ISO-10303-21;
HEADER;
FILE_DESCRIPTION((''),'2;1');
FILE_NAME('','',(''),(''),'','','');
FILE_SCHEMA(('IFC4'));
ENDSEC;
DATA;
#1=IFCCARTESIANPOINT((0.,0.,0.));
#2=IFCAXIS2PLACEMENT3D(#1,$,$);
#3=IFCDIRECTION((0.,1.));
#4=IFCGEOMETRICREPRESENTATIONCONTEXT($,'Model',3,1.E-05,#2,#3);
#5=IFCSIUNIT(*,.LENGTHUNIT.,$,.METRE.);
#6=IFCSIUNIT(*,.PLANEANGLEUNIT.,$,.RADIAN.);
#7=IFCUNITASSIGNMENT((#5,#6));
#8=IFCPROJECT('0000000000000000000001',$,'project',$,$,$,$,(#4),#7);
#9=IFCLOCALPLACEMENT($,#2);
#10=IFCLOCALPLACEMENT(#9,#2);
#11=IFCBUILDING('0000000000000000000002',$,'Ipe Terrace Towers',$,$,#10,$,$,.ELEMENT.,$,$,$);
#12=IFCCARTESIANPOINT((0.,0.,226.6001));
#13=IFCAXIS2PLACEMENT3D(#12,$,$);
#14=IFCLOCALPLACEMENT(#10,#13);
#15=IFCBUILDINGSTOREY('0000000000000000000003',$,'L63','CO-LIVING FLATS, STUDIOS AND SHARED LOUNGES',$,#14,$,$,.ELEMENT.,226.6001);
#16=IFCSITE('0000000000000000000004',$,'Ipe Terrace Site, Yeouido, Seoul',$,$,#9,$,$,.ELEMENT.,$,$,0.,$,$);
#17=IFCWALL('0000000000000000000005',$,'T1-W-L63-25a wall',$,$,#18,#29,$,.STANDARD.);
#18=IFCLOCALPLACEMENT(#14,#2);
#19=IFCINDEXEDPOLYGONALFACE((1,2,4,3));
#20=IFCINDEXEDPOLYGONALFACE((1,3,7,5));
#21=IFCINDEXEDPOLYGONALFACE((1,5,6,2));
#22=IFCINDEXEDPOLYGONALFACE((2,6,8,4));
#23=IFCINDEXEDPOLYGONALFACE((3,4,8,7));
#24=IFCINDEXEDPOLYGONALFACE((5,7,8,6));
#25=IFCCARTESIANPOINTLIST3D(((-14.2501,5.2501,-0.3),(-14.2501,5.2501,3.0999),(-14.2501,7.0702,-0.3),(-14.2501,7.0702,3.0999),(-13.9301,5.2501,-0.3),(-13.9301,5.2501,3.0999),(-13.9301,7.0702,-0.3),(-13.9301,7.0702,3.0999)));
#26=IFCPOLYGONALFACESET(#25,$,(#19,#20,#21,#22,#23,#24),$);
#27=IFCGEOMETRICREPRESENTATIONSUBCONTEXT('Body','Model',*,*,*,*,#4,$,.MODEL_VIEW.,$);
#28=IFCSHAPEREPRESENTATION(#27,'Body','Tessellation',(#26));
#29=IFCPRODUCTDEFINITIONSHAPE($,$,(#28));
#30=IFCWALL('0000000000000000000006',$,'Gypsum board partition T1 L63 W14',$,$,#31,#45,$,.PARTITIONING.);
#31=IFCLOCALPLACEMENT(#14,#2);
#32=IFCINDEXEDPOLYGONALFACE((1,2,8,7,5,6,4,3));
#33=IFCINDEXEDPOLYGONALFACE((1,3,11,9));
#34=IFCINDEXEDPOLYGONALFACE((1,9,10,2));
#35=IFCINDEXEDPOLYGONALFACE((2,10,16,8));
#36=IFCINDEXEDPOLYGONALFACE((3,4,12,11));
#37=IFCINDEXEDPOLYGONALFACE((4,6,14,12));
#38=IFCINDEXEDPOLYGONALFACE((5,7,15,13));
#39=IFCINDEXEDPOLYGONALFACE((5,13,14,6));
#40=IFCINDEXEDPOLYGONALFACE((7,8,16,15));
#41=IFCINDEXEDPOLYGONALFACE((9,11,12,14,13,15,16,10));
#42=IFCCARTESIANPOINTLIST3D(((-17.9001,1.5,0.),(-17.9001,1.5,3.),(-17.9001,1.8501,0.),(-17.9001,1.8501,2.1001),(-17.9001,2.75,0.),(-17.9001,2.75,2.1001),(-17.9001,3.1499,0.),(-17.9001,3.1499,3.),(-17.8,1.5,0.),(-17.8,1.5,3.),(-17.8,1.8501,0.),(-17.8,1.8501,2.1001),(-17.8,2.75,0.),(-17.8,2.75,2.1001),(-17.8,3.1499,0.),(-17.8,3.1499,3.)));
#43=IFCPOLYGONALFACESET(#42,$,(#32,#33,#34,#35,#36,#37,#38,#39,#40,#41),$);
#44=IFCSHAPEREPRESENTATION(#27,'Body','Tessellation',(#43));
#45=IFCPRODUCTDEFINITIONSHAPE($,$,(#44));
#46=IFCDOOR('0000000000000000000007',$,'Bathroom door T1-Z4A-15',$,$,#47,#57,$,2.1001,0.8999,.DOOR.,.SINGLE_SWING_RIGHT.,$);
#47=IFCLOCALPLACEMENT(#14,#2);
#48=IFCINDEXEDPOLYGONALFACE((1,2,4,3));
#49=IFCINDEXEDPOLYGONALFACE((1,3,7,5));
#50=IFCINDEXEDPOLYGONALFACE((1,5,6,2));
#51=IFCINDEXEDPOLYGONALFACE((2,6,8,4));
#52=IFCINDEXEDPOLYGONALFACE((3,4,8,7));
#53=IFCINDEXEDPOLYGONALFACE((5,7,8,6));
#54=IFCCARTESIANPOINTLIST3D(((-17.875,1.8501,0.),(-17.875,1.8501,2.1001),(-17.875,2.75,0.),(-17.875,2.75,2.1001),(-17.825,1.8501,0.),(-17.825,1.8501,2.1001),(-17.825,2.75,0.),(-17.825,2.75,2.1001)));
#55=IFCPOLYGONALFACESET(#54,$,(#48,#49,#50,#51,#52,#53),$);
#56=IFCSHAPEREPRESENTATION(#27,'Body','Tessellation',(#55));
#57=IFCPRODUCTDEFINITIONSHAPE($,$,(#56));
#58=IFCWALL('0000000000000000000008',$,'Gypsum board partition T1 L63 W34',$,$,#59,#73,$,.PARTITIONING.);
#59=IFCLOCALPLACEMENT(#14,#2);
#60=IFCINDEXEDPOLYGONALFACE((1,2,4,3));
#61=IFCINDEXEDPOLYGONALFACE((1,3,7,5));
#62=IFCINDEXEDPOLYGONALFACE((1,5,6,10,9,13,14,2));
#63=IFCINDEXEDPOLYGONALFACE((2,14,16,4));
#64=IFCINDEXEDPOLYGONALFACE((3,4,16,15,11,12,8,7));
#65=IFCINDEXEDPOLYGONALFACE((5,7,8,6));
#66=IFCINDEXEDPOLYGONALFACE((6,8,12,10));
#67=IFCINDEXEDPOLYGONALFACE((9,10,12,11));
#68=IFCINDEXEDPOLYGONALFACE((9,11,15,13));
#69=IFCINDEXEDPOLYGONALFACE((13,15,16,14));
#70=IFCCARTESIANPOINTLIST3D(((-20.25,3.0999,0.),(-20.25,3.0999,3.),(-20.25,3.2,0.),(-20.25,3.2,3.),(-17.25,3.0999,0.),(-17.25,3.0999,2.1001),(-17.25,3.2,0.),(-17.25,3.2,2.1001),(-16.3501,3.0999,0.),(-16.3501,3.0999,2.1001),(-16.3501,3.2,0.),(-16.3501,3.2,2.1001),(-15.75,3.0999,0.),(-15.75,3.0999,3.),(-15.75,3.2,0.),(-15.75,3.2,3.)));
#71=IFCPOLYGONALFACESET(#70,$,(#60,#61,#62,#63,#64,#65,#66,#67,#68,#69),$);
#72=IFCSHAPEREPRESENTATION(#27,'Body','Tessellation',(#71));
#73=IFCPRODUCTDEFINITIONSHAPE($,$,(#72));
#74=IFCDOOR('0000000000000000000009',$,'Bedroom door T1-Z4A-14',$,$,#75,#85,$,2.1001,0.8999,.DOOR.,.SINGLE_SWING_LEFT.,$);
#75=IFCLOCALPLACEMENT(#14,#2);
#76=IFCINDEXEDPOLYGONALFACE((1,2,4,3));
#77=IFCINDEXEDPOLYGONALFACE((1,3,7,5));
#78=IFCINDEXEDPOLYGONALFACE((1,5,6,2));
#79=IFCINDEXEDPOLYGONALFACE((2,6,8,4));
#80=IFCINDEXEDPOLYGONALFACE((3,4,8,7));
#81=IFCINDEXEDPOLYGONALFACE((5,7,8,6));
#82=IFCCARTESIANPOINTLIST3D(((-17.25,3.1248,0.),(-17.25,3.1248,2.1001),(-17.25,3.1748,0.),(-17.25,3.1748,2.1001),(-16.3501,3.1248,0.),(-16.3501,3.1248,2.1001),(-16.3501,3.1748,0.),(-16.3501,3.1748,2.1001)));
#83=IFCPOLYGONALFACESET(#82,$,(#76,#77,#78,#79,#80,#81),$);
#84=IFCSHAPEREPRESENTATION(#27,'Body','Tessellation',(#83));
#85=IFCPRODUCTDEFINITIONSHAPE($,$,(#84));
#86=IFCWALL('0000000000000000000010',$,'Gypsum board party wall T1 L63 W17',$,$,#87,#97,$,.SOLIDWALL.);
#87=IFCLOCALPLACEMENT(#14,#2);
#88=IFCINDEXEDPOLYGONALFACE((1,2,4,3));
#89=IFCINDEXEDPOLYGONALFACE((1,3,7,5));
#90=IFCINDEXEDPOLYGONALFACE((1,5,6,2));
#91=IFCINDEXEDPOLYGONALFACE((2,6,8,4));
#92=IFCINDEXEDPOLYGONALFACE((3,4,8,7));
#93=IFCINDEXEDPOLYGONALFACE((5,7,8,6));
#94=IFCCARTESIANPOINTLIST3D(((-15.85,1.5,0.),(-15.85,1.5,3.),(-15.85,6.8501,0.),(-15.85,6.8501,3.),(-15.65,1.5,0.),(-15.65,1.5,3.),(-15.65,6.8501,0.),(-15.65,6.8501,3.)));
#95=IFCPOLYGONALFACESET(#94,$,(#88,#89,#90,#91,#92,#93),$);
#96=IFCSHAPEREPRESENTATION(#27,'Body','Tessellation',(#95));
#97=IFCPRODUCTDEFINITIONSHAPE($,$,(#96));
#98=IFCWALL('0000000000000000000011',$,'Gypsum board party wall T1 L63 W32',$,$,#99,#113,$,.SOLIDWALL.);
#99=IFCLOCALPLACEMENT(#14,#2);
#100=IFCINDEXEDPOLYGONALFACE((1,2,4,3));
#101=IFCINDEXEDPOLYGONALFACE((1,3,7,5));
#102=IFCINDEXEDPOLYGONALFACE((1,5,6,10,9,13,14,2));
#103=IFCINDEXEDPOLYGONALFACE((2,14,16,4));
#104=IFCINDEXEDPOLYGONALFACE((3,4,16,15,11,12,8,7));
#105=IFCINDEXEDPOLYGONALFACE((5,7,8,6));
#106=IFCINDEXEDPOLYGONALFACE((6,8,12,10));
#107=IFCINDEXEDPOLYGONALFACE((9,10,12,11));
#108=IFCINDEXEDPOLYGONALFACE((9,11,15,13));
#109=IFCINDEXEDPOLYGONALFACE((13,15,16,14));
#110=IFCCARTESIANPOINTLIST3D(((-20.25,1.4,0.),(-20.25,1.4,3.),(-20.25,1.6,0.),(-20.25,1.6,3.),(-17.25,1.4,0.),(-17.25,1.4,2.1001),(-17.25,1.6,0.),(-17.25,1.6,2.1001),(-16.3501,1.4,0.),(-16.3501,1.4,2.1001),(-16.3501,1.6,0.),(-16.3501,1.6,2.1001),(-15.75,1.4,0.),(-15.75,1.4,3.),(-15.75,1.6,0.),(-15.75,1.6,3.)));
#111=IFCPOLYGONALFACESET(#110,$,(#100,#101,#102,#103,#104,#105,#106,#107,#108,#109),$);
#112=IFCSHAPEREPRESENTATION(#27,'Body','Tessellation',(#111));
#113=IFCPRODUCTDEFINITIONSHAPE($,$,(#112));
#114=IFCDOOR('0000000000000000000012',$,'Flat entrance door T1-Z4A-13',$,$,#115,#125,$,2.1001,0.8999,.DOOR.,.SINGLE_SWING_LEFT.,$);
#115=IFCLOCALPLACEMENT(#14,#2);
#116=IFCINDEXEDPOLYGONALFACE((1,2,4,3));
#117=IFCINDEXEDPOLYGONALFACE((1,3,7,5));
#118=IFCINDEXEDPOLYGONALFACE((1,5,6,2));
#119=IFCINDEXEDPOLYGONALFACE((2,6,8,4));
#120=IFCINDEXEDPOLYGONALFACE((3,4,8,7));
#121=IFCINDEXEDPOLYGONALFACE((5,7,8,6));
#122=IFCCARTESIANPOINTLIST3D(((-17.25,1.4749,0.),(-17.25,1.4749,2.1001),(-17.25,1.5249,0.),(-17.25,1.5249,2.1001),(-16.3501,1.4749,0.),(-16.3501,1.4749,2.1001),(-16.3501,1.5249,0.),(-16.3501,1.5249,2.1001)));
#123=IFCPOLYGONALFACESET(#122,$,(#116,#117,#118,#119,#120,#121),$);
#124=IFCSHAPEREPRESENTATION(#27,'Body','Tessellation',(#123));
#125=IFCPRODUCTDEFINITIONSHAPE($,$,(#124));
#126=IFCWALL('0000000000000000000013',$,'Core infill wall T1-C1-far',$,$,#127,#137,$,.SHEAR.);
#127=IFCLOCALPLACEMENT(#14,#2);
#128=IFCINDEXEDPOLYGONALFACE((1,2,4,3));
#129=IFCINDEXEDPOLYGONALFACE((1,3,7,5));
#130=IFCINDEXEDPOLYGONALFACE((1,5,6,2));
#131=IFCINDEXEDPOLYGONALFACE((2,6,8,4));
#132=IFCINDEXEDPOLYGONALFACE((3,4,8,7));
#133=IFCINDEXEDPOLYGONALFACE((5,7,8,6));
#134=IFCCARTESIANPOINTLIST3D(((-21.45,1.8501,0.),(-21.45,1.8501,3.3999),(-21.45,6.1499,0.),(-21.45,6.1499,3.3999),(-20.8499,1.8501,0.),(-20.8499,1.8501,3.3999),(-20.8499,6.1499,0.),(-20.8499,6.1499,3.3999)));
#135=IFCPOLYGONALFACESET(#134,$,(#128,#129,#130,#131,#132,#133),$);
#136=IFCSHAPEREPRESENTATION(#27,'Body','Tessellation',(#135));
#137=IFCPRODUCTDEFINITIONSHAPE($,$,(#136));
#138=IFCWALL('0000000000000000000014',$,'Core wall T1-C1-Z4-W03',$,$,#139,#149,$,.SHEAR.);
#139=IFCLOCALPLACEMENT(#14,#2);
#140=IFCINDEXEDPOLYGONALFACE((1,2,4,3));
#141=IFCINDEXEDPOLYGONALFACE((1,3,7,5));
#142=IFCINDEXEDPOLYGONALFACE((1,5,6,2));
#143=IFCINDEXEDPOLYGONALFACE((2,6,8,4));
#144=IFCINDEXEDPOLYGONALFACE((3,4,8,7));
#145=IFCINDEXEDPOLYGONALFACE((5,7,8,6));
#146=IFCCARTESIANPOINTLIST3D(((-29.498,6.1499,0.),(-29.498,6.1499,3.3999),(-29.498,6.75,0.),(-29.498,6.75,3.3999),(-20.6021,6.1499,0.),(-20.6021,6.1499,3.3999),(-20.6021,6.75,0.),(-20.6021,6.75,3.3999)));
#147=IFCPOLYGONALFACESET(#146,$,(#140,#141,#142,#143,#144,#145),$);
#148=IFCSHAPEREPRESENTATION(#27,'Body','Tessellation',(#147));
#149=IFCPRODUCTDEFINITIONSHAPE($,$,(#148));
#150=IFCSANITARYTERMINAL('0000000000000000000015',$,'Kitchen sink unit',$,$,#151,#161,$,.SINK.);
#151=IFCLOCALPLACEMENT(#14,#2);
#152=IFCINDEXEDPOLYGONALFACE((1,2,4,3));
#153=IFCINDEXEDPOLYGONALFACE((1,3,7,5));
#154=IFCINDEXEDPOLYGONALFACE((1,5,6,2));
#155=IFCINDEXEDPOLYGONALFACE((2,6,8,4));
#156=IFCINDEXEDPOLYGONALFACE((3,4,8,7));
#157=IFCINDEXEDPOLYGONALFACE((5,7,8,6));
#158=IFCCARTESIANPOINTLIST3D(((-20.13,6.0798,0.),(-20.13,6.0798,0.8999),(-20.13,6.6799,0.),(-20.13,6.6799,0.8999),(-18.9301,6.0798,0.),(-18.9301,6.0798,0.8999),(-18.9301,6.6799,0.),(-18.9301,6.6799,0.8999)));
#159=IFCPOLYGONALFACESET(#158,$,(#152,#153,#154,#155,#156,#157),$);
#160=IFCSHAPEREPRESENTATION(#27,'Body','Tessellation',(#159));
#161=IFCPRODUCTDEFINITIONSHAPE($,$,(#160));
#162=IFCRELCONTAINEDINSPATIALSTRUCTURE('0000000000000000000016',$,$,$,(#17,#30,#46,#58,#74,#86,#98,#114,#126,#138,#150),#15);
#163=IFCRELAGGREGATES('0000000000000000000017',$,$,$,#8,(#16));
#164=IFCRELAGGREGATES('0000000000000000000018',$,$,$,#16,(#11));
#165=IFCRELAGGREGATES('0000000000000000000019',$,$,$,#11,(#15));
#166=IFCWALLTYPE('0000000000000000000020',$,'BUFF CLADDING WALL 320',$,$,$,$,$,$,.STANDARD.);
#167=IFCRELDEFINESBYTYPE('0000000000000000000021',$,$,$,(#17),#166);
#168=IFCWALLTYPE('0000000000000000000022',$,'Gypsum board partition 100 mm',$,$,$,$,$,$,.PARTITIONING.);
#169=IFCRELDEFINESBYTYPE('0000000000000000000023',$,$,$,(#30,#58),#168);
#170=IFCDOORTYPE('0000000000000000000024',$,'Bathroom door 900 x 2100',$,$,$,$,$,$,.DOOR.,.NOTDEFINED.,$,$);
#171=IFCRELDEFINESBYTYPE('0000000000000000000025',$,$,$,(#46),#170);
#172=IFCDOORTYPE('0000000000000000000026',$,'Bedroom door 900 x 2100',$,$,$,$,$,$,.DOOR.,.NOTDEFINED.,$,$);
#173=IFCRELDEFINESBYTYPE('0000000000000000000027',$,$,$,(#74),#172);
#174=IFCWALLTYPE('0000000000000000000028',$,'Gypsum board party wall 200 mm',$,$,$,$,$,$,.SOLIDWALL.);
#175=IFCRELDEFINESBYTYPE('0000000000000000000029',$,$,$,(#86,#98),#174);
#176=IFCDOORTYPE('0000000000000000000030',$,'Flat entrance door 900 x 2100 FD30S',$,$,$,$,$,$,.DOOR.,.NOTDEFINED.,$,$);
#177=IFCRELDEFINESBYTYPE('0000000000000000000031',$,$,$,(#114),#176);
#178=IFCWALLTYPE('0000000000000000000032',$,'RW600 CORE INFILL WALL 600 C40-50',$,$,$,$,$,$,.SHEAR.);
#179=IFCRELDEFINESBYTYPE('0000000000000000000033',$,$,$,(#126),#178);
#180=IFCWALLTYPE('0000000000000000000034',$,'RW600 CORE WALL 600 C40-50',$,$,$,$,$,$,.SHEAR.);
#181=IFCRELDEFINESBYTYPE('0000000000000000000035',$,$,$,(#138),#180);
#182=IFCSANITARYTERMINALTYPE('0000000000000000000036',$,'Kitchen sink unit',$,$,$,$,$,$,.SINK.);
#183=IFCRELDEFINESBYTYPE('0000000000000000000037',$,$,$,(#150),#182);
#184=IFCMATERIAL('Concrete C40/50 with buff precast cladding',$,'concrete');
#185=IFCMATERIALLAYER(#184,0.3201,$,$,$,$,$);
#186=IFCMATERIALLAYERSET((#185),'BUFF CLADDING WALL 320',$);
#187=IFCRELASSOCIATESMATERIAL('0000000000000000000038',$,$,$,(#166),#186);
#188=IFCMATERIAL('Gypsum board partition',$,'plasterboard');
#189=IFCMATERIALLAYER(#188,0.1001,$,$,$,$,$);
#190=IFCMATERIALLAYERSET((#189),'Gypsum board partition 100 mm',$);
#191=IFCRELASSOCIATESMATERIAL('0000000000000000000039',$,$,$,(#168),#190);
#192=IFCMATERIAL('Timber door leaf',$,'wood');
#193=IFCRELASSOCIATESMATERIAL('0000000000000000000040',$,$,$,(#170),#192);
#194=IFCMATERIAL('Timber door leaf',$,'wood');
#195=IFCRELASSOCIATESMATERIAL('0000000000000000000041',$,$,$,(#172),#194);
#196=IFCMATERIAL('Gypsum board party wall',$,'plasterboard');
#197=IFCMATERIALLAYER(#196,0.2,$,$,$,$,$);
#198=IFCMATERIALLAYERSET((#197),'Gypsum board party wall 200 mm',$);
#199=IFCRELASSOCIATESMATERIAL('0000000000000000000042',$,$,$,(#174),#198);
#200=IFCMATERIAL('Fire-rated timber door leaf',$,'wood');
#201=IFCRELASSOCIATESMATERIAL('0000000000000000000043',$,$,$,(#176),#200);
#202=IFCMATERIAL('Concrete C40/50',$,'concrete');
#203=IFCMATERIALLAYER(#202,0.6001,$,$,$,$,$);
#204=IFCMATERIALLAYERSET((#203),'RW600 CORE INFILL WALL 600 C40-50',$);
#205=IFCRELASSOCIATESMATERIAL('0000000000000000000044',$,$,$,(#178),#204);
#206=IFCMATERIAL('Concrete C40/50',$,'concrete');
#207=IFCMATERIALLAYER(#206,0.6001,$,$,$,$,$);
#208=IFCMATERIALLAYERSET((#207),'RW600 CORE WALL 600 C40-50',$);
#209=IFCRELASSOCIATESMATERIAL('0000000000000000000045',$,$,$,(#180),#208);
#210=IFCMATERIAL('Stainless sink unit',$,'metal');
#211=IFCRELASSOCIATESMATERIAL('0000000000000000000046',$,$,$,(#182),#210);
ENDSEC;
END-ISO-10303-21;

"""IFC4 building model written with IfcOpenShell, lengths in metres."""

from ifc_helpers import new_model, si_unit, direction, frame, frame_2d, origin, origin_2d, place, context, subcontext, project, spatial, rectangle, extrude, material, layer, layer_set, type_object, element, fill, save


model = new_model("IFC4")

# Units and contexts
model_context = context("Model", 3, precision=1e-05, world=origin(), true_north=direction((0.0, 1.0)))
body_context = subcontext(model_context, "Body", "Model", "MODEL_VIEW")
ifc_project = project(units=[si_unit("LENGTHUNIT", "METRE"), si_unit("PLANEANGLEUNIT", "RADIAN")], contexts=[model_context])

# Site, building, storey
site_placement = place(None, origin())
site = spatial("IfcSite", under=ifc_project, at=site_placement, Name="Ipe Terrace Site, Yeouido, Seoul", CompositionType="ELEMENT", RefElevation=0.0)
building_placement = place(site_placement, origin())
building = spatial("IfcBuilding", under=site, at=building_placement, Name="Ipe Terrace Towers", CompositionType="ELEMENT")
storey_placement = place(building_placement, frame((0.0, 0.0, 226.6001)))
storey = spatial("IfcBuildingStorey", under=building, at=storey_placement, Name="L63", Description="CO-LIVING FLATS, STUDIOS AND SHARED LOUNGES", CompositionType="ELEMENT", Elevation=226.6001)

# Wall
ifc_material_1 = material(Name="Concrete C40/50 with buff precast cladding", Category="concrete")
ifc_layer_1 = layer(ifc_material_1, 0.3201)
ifc_layer_set_1 = layer_set([ifc_layer_1], Name="BUFF CLADDING WALL 320")
wall_type_1 = type_object("IfcWallType", Name="BUFF CLADDING WALL 320", PredefinedType="STANDARD", material=ifc_layer_set_1)
wall_1_placement = place(storey_placement, frame((-14.0901, 5.25, -0.3), z_axis=(0.0, 0.0, 1.0), x_axis=(0.0, 1.0, 0.0)))
element("IfcWall", 1, at=wall_1_placement, inside=storey, type_object=wall_type_1, Name="T1-W-L63-25a wall", PredefinedType="STANDARD", context=body_context, shape_type="SweptSolid", body=[
    extrude(rectangle(XDim=1.8201, YDim=0.3201, at=frame_2d((0.9102, 0.0))), origin(), (0.0, 0.0, 1.0), 3.3999),
])

# Walls, openings, doors
ifc_material_2 = material(Name="Gypsum board partition", Category="plasterboard")
ifc_layer_2 = layer(ifc_material_2, 0.1001)
ifc_layer_set_2 = layer_set([ifc_layer_2], Name="Gypsum board partition 100 mm")
wall_type_2 = type_object("IfcWallType", Name="Gypsum board partition 100 mm", PredefinedType="PARTITIONING", material=ifc_layer_set_2)
wall_2_placement = place(storey_placement, frame((-17.8501, 1.5, 0.0), z_axis=(0.0, 0.0, 1.0), x_axis=(0.0, 1.0, 0.0)))
wall_2 = element("IfcWall", 2, at=wall_2_placement, inside=storey, type_object=wall_type_2, Name="Gypsum board partition T1 L63 W14", PredefinedType="PARTITIONING", context=body_context, shape_type="SweptSolid", body=[
    extrude(rectangle(XDim=1.6499, YDim=0.1001, at=frame_2d((0.825, 0.0))), origin(), (0.0, 0.0, 1.0), 3.0),
])
opening_1_placement = place(wall_2_placement, frame((0.3501, 0.0, 0.0)))
opening_1 = element("IfcOpeningElement", 3, at=opening_1_placement, cuts=wall_2, PredefinedType="OPENING", context=body_context, shape_type="SweptSolid", body=[
    extrude(rectangle(XDim=0.8999, YDim=2.1001, at=frame_2d((0.45, 1.05))), frame((0.0, 0.0601, 0.0), z_axis=(0.0, -1.0, 0.0), x_axis=(1.0, 0.0, 0.0)), (0.0, 0.0, 1.0), 0.1201),
])
ifc_material_3 = material(Name="Timber door leaf", Category="wood")
door_type_1 = type_object("IfcDoorType", Name="Bathroom door 900 x 2100", OperationType="NOTDEFINED", PredefinedType="DOOR", material=ifc_material_3)
door_1_placement = place(opening_1_placement, origin())
door_1 = element("IfcDoor", 4, at=door_1_placement, inside=storey, type_object=door_type_1, Name="Bathroom door T1-Z4A-15", OperationType="SINGLE_SWING_RIGHT", OverallHeight=2.1001, OverallWidth=0.8999, PredefinedType="DOOR", context=body_context, shape_type="SweptSolid", body=[
    extrude(rectangle(XDim=0.8999, YDim=2.1001, at=frame_2d((0.45, 1.05))), frame((0.0, 0.0249, 0.0), z_axis=(0.0, -1.0, 0.0), x_axis=(1.0, 0.0, 0.0)), (0.0, 0.0, 1.0), 0.05),
])
fill(opening_1, door_1)
wall_3_placement = place(storey_placement, frame((-20.25, 3.1499, 0.0), z_axis=(0.0, 0.0, 1.0), x_axis=(1.0, 0.0, 0.0)))
wall_3 = element("IfcWall", 5, at=wall_3_placement, inside=storey, type_object=wall_type_2, Name="Gypsum board partition T1 L63 W34", PredefinedType="PARTITIONING", context=body_context, shape_type="SweptSolid", body=[
    extrude(rectangle(XDim=4.5, YDim=0.1001, at=frame_2d((2.25, 0.0))), origin(), (0.0, 0.0, 1.0), 3.0),
])
opening_2_placement = place(wall_3_placement, frame((3.0, 0.0, 0.0)))
opening_2 = element("IfcOpeningElement", 6, at=opening_2_placement, cuts=wall_3, PredefinedType="OPENING", context=body_context, shape_type="SweptSolid", body=[
    extrude(rectangle(XDim=0.8999, YDim=2.1001, at=frame_2d((0.45, 1.05))), frame((0.0, 0.0601, 0.0), z_axis=(0.0, -1.0, 0.0), x_axis=(1.0, 0.0, 0.0)), (0.0, 0.0, 1.0), 0.1201),
])
ifc_material_4 = material(Name="Timber door leaf", Category="wood")
door_type_2 = type_object("IfcDoorType", Name="Bedroom door 900 x 2100", OperationType="NOTDEFINED", PredefinedType="DOOR", material=ifc_material_4)
door_2_placement = place(opening_2_placement, origin())
door_2 = element("IfcDoor", 7, at=door_2_placement, inside=storey, type_object=door_type_2, Name="Bedroom door T1-Z4A-14", OperationType="SINGLE_SWING_LEFT", OverallHeight=2.1001, OverallWidth=0.8999, PredefinedType="DOOR", context=body_context, shape_type="SweptSolid", body=[
    extrude(rectangle(XDim=0.8999, YDim=2.1001, at=frame_2d((0.45, 1.05))), frame((0.0, 0.0249, 0.0), z_axis=(0.0, -1.0, 0.0), x_axis=(1.0, 0.0, 0.0)), (0.0, 0.0, 1.0), 0.05),
])
fill(opening_2, door_2)

# Wall
ifc_material_5 = material(Name="Gypsum board party wall", Category="plasterboard")
ifc_layer_3 = layer(ifc_material_5, 0.2)
ifc_layer_set_3 = layer_set([ifc_layer_3], Name="Gypsum board party wall 200 mm")
wall_type_3 = type_object("IfcWallType", Name="Gypsum board party wall 200 mm", PredefinedType="SOLIDWALL", material=ifc_layer_set_3)
wall_4_placement = place(storey_placement, frame((-15.75, 1.5, 0.0), z_axis=(0.0, 0.0, 1.0), x_axis=(0.0, 1.0, 0.0)))
element("IfcWall", 8, at=wall_4_placement, inside=storey, type_object=wall_type_3, Name="Gypsum board party wall T1 L63 W17", PredefinedType="SOLIDWALL", context=body_context, shape_type="SweptSolid", body=[
    extrude(rectangle(XDim=5.3501, YDim=0.2, at=frame_2d((2.675, 0.0))), origin(), (0.0, 0.0, 1.0), 3.0),
])

# Wall, opening, door
wall_5_placement = place(storey_placement, frame((-20.25, 1.5, 0.0), z_axis=(0.0, 0.0, 1.0), x_axis=(1.0, 0.0, 0.0)))
wall_5 = element("IfcWall", 9, at=wall_5_placement, inside=storey, type_object=wall_type_3, Name="Gypsum board party wall T1 L63 W32", PredefinedType="SOLIDWALL", context=body_context, shape_type="SweptSolid", body=[
    extrude(rectangle(XDim=4.5, YDim=0.2, at=frame_2d((2.25, 0.0))), origin(), (0.0, 0.0, 1.0), 3.0),
])
opening_3_placement = place(wall_5_placement, frame((3.0, 0.0, 0.0)))
opening_3 = element("IfcOpeningElement", 10, at=opening_3_placement, cuts=wall_5, PredefinedType="OPENING", context=body_context, shape_type="SweptSolid", body=[
    extrude(rectangle(XDim=0.8999, YDim=2.1001, at=frame_2d((0.45, 1.05))), frame((0.0, 0.1099, 0.0), z_axis=(0.0, -1.0, 0.0), x_axis=(1.0, 0.0, 0.0)), (0.0, 0.0, 1.0), 0.22),
])
ifc_material_6 = material(Name="Fire-rated timber door leaf", Category="wood")
door_type_3 = type_object("IfcDoorType", Name="Flat entrance door 900 x 2100 FD30S", OperationType="NOTDEFINED", PredefinedType="DOOR", material=ifc_material_6)
door_3_placement = place(opening_3_placement, origin())
door_3 = element("IfcDoor", 11, at=door_3_placement, inside=storey, type_object=door_type_3, Name="Flat entrance door T1-Z4A-13", OperationType="SINGLE_SWING_LEFT", OverallHeight=2.1001, OverallWidth=0.8999, PredefinedType="DOOR", context=body_context, shape_type="SweptSolid", body=[
    extrude(rectangle(XDim=0.8999, YDim=2.1001, at=frame_2d((0.45, 1.05))), frame((0.0, 0.0249, 0.0), z_axis=(0.0, -1.0, 0.0), x_axis=(1.0, 0.0, 0.0)), (0.0, 0.0, 1.0), 0.05),
])
fill(opening_3, door_3)

# Walls
ifc_material_7 = material(Name="Concrete C40/50", Category="concrete")
ifc_layer_4 = layer(ifc_material_7, 0.6001)
ifc_layer_set_4 = layer_set([ifc_layer_4], Name="RW600 CORE INFILL WALL 600 C40-50")
wall_type_4 = type_object("IfcWallType", Name="RW600 CORE INFILL WALL 600 C40-50", PredefinedType="SHEAR", material=ifc_layer_set_4)
wall_6_placement = place(storey_placement, frame((-21.1499, 1.8501, 0.0), z_axis=(0.0, 0.0, 1.0), x_axis=(0.0, 1.0, 0.0)))
element("IfcWall", 12, at=wall_6_placement, inside=storey, type_object=wall_type_4, Name="Core infill wall T1-C1-far", PredefinedType="SHEAR", context=body_context, shape_type="SweptSolid", body=[
    extrude(rectangle(XDim=4.2998, YDim=0.6001, at=frame_2d((2.1499, 0.0))), origin(), (0.0, 0.0, 1.0), 3.3999),
])
ifc_material_8 = material(Name="Concrete C40/50", Category="concrete")
ifc_layer_5 = layer(ifc_material_8, 0.6001)
ifc_layer_set_5 = layer_set([ifc_layer_5], Name="RW600 CORE WALL 600 C40-50")
wall_type_5 = type_object("IfcWallType", Name="RW600 CORE WALL 600 C40-50", PredefinedType="SHEAR", material=ifc_layer_set_5)
wall_7_placement = place(storey_placement, frame((-20.6021, 6.45, 0.0), z_axis=(0.0, 0.0, 1.0), x_axis=(-1.0, 0.0, 0.0)))
element("IfcWall", 13, at=wall_7_placement, inside=storey, type_object=wall_type_5, Name="Core wall T1-C1-Z4-W03", PredefinedType="SHEAR", context=body_context, shape_type="SweptSolid", body=[
    extrude(rectangle(XDim=8.896, YDim=0.6001, at=frame_2d((4.448, 0.0))), origin(), (0.0, 0.0, 1.0), 3.3999),
])

# Sanitary terminal
ifc_material_9 = material(Name="Stainless sink unit", Category="metal")
sanitary_terminal_type_1 = type_object("IfcSanitaryTerminalType", Name="Kitchen sink unit", PredefinedType="SINK", material=ifc_material_9)
sanitary_terminal_1_placement = place(storey_placement, frame((-19.53, 6.3799, 0.0), z_axis=(0.0, 0.0, 1.0), x_axis=(1.0, 0.0, 0.0)))
element("IfcSanitaryTerminal", 14, at=sanitary_terminal_1_placement, inside=storey, type_object=sanitary_terminal_type_1, Name="Kitchen sink unit", PredefinedType="SINK", context=body_context, shape_type="SweptSolid", body=[
    extrude(rectangle(XDim=1.2, YDim=0.6001, at=origin_2d()), origin(), (0.0, 0.0, 1.0), 0.8999),
])

save(model, "model.ifc")
